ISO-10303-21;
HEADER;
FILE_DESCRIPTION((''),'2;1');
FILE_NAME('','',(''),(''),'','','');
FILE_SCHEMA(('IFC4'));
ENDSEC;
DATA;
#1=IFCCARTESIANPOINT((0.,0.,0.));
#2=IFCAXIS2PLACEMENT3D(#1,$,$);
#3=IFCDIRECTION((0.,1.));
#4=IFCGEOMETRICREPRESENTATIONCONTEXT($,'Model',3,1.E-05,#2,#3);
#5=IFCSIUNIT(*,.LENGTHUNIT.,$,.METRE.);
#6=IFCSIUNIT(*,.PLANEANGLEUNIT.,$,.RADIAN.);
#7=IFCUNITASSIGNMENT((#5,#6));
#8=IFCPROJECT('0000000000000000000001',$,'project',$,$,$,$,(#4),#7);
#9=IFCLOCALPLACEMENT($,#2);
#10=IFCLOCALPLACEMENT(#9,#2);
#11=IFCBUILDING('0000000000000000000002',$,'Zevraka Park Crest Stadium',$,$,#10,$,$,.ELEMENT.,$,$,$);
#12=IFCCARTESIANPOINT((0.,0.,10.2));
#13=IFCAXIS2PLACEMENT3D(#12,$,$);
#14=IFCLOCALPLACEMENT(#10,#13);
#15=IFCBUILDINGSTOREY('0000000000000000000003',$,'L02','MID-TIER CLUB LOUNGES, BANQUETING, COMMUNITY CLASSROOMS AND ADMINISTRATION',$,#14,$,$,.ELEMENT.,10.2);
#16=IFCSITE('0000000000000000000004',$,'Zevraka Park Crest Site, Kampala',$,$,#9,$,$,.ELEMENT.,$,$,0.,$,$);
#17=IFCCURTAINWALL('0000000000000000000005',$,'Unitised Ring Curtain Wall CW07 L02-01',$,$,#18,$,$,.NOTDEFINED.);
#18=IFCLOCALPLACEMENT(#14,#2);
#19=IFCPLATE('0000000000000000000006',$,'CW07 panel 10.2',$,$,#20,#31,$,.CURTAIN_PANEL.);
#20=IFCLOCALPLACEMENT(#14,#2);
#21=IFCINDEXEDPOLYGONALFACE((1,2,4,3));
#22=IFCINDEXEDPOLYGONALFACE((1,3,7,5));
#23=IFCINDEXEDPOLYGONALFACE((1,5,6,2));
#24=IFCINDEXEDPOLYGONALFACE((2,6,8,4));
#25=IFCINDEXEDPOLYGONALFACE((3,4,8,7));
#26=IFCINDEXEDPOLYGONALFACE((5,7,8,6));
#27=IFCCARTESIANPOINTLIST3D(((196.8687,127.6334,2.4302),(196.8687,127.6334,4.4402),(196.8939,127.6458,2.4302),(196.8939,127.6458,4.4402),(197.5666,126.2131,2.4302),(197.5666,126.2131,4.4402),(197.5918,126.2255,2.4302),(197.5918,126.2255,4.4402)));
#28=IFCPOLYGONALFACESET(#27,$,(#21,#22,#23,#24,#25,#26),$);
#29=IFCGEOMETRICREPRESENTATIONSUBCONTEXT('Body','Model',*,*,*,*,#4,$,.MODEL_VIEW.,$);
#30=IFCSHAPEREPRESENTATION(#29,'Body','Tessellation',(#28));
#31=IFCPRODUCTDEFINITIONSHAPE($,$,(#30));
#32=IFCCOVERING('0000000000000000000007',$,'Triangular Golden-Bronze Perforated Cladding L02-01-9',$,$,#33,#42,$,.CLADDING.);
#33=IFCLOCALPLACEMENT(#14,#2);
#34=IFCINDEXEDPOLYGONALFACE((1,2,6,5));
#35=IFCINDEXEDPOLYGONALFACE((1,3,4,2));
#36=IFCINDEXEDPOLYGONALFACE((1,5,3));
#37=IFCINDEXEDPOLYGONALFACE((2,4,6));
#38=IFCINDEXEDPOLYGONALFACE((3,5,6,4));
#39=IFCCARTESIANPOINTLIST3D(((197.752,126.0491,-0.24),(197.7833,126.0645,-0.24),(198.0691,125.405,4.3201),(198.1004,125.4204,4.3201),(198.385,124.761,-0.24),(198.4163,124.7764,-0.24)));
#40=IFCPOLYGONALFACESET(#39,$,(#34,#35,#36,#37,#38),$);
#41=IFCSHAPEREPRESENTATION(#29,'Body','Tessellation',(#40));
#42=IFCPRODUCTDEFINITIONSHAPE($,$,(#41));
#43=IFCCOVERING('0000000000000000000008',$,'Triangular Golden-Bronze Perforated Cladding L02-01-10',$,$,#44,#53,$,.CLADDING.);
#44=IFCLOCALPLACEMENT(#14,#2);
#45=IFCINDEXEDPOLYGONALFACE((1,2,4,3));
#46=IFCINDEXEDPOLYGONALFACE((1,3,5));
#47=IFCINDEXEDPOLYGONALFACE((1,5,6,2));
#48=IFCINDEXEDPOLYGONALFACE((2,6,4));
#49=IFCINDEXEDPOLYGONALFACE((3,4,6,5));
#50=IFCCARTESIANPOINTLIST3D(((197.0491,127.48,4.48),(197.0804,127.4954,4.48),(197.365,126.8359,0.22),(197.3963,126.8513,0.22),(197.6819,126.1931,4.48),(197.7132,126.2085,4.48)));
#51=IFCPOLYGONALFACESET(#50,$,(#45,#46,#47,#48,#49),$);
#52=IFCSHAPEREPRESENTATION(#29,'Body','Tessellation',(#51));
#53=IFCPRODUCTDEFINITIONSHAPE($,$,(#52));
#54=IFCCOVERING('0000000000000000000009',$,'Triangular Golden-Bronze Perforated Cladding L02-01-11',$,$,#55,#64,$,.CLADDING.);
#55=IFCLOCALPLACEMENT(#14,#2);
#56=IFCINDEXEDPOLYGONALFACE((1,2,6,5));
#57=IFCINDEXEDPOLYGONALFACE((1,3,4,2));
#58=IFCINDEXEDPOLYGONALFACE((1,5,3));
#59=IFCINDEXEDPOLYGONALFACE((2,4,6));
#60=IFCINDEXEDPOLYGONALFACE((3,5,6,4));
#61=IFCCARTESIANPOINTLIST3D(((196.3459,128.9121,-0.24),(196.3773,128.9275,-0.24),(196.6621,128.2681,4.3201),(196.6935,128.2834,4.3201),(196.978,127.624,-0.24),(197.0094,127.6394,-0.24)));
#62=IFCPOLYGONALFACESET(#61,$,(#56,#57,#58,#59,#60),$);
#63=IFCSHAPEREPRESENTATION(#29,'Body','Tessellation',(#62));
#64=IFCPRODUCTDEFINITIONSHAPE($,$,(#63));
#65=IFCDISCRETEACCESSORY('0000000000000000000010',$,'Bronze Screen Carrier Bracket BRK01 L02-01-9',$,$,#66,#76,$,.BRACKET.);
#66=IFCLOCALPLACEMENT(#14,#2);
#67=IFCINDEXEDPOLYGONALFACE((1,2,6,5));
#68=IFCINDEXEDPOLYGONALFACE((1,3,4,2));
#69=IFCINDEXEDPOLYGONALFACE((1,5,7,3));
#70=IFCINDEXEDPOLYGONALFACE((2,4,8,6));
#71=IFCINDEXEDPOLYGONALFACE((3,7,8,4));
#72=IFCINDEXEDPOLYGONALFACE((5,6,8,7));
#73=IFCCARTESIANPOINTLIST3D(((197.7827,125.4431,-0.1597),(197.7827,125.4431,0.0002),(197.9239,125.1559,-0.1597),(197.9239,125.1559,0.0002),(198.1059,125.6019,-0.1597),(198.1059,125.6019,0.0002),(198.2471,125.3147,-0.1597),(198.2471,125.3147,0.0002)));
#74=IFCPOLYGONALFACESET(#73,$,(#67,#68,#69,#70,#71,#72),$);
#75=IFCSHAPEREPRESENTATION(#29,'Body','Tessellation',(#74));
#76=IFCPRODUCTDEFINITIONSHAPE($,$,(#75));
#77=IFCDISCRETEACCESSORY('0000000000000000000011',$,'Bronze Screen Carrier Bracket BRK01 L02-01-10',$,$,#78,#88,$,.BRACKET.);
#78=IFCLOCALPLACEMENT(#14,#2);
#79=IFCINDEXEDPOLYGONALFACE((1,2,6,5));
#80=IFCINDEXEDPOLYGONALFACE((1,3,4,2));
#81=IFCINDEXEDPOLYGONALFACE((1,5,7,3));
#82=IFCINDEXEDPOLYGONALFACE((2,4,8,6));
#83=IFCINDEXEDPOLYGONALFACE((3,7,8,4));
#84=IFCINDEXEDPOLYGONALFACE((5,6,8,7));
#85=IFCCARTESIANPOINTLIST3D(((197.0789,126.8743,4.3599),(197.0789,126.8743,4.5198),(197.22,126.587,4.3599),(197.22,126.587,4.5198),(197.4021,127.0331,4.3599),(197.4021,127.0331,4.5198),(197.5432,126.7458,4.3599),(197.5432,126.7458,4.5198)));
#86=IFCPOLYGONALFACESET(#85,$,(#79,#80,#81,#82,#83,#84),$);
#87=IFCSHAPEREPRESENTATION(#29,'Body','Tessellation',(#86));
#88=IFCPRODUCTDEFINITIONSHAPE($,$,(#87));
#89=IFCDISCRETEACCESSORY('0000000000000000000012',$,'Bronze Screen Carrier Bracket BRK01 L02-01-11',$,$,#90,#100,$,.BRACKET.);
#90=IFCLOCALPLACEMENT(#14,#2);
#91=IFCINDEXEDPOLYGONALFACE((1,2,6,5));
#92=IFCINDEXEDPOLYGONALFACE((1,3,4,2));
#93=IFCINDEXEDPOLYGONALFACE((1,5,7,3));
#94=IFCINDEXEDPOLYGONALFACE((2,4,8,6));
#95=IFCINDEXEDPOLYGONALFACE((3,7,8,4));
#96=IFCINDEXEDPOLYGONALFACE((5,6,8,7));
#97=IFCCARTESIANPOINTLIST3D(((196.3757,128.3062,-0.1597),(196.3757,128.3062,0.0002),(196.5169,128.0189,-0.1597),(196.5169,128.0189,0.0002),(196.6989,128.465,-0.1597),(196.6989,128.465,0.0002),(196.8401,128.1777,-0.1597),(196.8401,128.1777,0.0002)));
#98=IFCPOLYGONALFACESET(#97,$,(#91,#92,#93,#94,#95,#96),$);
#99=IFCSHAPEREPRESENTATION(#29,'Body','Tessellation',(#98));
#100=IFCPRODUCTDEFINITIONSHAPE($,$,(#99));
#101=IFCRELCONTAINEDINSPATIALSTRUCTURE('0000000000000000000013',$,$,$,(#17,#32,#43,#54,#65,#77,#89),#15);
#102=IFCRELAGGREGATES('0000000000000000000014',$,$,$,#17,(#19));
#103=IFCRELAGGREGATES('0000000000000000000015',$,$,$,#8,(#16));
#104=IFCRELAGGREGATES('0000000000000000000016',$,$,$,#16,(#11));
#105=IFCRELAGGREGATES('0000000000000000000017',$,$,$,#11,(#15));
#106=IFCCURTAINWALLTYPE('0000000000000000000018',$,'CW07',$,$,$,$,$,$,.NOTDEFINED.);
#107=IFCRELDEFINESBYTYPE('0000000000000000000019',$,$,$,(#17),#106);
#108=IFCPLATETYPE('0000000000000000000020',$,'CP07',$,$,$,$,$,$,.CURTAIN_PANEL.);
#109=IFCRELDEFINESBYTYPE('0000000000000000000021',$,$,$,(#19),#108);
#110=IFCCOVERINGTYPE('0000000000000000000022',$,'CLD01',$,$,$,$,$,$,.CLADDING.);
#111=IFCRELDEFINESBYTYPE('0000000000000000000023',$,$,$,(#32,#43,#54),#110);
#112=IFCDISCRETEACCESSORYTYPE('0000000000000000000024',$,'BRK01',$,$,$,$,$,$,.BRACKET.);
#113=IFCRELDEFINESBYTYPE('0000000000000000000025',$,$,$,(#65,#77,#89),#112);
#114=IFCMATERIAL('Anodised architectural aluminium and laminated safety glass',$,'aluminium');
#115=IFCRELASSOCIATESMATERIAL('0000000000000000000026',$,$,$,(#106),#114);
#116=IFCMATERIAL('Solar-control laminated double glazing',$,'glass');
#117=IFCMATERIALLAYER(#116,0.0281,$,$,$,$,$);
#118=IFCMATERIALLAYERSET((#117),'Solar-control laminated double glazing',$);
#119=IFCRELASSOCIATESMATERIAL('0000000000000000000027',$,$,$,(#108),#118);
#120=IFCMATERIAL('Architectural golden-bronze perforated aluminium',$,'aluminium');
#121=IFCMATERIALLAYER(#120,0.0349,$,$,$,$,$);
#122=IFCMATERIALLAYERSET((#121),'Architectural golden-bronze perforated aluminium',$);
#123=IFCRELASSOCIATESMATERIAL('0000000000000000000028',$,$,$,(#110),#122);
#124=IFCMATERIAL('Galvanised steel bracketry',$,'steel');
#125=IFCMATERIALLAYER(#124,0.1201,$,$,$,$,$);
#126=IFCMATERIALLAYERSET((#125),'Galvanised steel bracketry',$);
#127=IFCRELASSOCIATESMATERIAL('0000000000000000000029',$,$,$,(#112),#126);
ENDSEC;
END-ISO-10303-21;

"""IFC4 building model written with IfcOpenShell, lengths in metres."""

from ifc_helpers import new_model, si_unit, direction, frame, origin, origin_2d, place, context, subcontext, project, spatial, polyline, rectangle, outline, extrude, material, layer, layer_set, type_object, element, aggregate, save


model = new_model("IFC4")

# Units and contexts
model_context = context("Model", 3, precision=1e-05, world=origin(), true_north=direction((0.0, 1.0)))
body_context = subcontext(model_context, "Body", "Model", "MODEL_VIEW")
ifc_project = project(units=[si_unit("LENGTHUNIT", "METRE"), si_unit("PLANEANGLEUNIT", "RADIAN")], contexts=[model_context])

# Site, building, storey
site_placement = place(None, origin())
site = spatial("IfcSite", under=ifc_project, at=site_placement, Name="Zevraka Park Crest Site, Kampala", CompositionType="ELEMENT", RefElevation=0.0)
building_placement = place(site_placement, origin())
building = spatial("IfcBuilding", under=site, at=building_placement, Name="Zevraka Park Crest Stadium", CompositionType="ELEMENT")
storey_placement = place(building_placement, frame((0.0, 0.0, 10.2)))
storey = spatial("IfcBuildingStorey", under=building, at=storey_placement, Name="L02", Description="MID-TIER CLUB LOUNGES, BANQUETING, COMMUNITY CLASSROOMS AND ADMINISTRATION", CompositionType="ELEMENT", Elevation=10.2)

# Curtain wall, plate
ifc_material_1 = material(Name="Anodised architectural aluminium and laminated safety glass", Category="aluminium")
curtain_wall_type = type_object("IfcCurtainWallType", Name="CW07", PredefinedType="NOTDEFINED", material=ifc_material_1)
curtain_wall_placement = place(storey_placement, origin())
curtain_wall = element("IfcCurtainWall", 1, at=curtain_wall_placement, inside=storey, type_object=curtain_wall_type, Name="Unitised Ring Curtain Wall CW07 L02-01", PredefinedType="NOTDEFINED")
ifc_material_2 = material(Name="Solar-control laminated double glazing", Category="glass")
ifc_layer_1 = layer(ifc_material_2, 0.0281)
ifc_layer_set_1 = layer_set([ifc_layer_1], Name="Solar-control laminated double glazing")
plate_type = type_object("IfcPlateType", Name="CP07", PredefinedType="CURTAIN_PANEL", material=ifc_layer_set_1)
plate_1_placement = place(storey_placement, frame((197.2302, 126.9294, 2.4302), z_axis=(0.0, 0.0, 1.0), x_axis=(-0.441021, 0.897497, 0.0)))
plate_1 = element("IfcPlate", 2, at=plate_1_placement, type_object=plate_type, Name="CW07 panel 10.2", PredefinedType="CURTAIN_PANEL", context=body_context, shape_type="SweptSolid", body=[
    extrude(rectangle(XDim=1.5825, YDim=0.0281, at=origin_2d()), origin(), (0.0, 0.0, 1.0), 2.01),
])
aggregate(curtain_wall, [plate_1])

# Coverings
ifc_material_3 = material(Name="Architectural golden-bronze perforated aluminium", Category="aluminium")
ifc_layer_2 = layer(ifc_material_3, 0.0349)
ifc_layer_set_2 = layer_set([ifc_layer_2], Name="Architectural golden-bronze perforated aluminium")
covering_type = type_object("IfcCoveringType", Name="CLD01", PredefinedType="CLADDING", material=ifc_layer_set_2)
covering_1_placement = place(storey_placement, frame((198.385, 124.761, -0.24), z_axis=(-0.897468, -0.441079, 0.00012), x_axis=(-0.441079, 0.897468, 0.0)))
element("IfcCovering", 3, at=covering_1_placement, inside=storey, type_object=covering_type, Name="Triangular Golden-Bronze Perforated Cladding L02-01-9", PredefinedType="CLADDING", context=body_context, shape_type="SweptSolid", body=[
    extrude(outline(polyline([(0.0, 0.0), (1.4352, 0.0), (0.7174, -4.5601), (0.0, 0.0)])), origin(), (0.0, 0.0, -1.0), 0.0349),
])
covering_2_placement = place(storey_placement, frame((197.0491, 127.48, 4.48), z_axis=(-0.89737, -0.441279, 0.000166), x_axis=(0.441279, -0.89737, 0.0)))
element("IfcCovering", 4, at=covering_2_placement, inside=storey, type_object=covering_type, Name="Triangular Golden-Bronze Perforated Cladding L02-01-10", PredefinedType="CLADDING", context=body_context, shape_type="SweptSolid", body=[
    extrude(outline(polyline([(0.0, 0.0), (1.434, 0.0), (0.7174, -4.26), (0.0, 0.0)])), origin(), (0.0, 0.0, -1.0), 0.0349),
])
covering_3_placement = place(storey_placement, frame((196.978, 127.624, -0.24), z_axis=(-0.897737, -0.440531, 0.000024), x_axis=(-0.440531, 0.897737, 0.0)))
element("IfcCovering", 5, at=covering_3_placement, inside=storey, type_object=covering_type, Name="Triangular Golden-Bronze Perforated Cladding L02-01-11", PredefinedType="CLADDING", context=body_context, shape_type="SweptSolid", body=[
    extrude(outline(polyline([(0.0, 0.0), (1.4348, 0.0), (0.7174, -4.5601), (0.0, 0.0)])), origin(), (0.0, 0.0, -1.0), 0.0349),
])

# Discrete accessories
ifc_material_4 = material(Name="Galvanised steel bracketry", Category="steel")
ifc_layer_3 = layer(ifc_material_4, 0.1201)
ifc_layer_set_3 = layer_set([ifc_layer_3], Name="Galvanised steel bracketry")
discrete_accessory_type = type_object("IfcDiscreteAccessoryType", Name="BRK01", PredefinedType="BRACKET", material=ifc_layer_set_3)
for number, where, z_axis, x_axis, name in (
    (6, (198.0149, 125.3789, -0.1597), (0.0, 0.0, 1.0), (-0.441036, 0.897489, 0.0), "Bronze Screen Carrier Bracket BRK01 L02-01-9"),
    (7, (197.311, 126.8101, 4.3599), (0.0, 0.0, 1.0), (-0.441036, 0.897489, 0.0), "Bronze Screen Carrier Bracket BRK01 L02-01-10"),
    (8, (196.6079, 128.2419, -0.1597), (0.0, 0.0, 1.0), (-0.441036, 0.897489, 0.0), "Bronze Screen Carrier Bracket BRK01 L02-01-11"),
):
    element("IfcDiscreteAccessory", number, at=place(storey_placement, frame(where, z_axis=z_axis, x_axis=x_axis)), inside=storey, type_object=discrete_accessory_type, Name=name, PredefinedType="BRACKET", context=body_context, shape_type="SweptSolid", body=[
        extrude(rectangle(XDim=0.3201, YDim=0.3601, at=origin_2d()), origin(), (0.0, 0.0, 1.0), 0.1599),
    ])

save(model, "model.ifc")
